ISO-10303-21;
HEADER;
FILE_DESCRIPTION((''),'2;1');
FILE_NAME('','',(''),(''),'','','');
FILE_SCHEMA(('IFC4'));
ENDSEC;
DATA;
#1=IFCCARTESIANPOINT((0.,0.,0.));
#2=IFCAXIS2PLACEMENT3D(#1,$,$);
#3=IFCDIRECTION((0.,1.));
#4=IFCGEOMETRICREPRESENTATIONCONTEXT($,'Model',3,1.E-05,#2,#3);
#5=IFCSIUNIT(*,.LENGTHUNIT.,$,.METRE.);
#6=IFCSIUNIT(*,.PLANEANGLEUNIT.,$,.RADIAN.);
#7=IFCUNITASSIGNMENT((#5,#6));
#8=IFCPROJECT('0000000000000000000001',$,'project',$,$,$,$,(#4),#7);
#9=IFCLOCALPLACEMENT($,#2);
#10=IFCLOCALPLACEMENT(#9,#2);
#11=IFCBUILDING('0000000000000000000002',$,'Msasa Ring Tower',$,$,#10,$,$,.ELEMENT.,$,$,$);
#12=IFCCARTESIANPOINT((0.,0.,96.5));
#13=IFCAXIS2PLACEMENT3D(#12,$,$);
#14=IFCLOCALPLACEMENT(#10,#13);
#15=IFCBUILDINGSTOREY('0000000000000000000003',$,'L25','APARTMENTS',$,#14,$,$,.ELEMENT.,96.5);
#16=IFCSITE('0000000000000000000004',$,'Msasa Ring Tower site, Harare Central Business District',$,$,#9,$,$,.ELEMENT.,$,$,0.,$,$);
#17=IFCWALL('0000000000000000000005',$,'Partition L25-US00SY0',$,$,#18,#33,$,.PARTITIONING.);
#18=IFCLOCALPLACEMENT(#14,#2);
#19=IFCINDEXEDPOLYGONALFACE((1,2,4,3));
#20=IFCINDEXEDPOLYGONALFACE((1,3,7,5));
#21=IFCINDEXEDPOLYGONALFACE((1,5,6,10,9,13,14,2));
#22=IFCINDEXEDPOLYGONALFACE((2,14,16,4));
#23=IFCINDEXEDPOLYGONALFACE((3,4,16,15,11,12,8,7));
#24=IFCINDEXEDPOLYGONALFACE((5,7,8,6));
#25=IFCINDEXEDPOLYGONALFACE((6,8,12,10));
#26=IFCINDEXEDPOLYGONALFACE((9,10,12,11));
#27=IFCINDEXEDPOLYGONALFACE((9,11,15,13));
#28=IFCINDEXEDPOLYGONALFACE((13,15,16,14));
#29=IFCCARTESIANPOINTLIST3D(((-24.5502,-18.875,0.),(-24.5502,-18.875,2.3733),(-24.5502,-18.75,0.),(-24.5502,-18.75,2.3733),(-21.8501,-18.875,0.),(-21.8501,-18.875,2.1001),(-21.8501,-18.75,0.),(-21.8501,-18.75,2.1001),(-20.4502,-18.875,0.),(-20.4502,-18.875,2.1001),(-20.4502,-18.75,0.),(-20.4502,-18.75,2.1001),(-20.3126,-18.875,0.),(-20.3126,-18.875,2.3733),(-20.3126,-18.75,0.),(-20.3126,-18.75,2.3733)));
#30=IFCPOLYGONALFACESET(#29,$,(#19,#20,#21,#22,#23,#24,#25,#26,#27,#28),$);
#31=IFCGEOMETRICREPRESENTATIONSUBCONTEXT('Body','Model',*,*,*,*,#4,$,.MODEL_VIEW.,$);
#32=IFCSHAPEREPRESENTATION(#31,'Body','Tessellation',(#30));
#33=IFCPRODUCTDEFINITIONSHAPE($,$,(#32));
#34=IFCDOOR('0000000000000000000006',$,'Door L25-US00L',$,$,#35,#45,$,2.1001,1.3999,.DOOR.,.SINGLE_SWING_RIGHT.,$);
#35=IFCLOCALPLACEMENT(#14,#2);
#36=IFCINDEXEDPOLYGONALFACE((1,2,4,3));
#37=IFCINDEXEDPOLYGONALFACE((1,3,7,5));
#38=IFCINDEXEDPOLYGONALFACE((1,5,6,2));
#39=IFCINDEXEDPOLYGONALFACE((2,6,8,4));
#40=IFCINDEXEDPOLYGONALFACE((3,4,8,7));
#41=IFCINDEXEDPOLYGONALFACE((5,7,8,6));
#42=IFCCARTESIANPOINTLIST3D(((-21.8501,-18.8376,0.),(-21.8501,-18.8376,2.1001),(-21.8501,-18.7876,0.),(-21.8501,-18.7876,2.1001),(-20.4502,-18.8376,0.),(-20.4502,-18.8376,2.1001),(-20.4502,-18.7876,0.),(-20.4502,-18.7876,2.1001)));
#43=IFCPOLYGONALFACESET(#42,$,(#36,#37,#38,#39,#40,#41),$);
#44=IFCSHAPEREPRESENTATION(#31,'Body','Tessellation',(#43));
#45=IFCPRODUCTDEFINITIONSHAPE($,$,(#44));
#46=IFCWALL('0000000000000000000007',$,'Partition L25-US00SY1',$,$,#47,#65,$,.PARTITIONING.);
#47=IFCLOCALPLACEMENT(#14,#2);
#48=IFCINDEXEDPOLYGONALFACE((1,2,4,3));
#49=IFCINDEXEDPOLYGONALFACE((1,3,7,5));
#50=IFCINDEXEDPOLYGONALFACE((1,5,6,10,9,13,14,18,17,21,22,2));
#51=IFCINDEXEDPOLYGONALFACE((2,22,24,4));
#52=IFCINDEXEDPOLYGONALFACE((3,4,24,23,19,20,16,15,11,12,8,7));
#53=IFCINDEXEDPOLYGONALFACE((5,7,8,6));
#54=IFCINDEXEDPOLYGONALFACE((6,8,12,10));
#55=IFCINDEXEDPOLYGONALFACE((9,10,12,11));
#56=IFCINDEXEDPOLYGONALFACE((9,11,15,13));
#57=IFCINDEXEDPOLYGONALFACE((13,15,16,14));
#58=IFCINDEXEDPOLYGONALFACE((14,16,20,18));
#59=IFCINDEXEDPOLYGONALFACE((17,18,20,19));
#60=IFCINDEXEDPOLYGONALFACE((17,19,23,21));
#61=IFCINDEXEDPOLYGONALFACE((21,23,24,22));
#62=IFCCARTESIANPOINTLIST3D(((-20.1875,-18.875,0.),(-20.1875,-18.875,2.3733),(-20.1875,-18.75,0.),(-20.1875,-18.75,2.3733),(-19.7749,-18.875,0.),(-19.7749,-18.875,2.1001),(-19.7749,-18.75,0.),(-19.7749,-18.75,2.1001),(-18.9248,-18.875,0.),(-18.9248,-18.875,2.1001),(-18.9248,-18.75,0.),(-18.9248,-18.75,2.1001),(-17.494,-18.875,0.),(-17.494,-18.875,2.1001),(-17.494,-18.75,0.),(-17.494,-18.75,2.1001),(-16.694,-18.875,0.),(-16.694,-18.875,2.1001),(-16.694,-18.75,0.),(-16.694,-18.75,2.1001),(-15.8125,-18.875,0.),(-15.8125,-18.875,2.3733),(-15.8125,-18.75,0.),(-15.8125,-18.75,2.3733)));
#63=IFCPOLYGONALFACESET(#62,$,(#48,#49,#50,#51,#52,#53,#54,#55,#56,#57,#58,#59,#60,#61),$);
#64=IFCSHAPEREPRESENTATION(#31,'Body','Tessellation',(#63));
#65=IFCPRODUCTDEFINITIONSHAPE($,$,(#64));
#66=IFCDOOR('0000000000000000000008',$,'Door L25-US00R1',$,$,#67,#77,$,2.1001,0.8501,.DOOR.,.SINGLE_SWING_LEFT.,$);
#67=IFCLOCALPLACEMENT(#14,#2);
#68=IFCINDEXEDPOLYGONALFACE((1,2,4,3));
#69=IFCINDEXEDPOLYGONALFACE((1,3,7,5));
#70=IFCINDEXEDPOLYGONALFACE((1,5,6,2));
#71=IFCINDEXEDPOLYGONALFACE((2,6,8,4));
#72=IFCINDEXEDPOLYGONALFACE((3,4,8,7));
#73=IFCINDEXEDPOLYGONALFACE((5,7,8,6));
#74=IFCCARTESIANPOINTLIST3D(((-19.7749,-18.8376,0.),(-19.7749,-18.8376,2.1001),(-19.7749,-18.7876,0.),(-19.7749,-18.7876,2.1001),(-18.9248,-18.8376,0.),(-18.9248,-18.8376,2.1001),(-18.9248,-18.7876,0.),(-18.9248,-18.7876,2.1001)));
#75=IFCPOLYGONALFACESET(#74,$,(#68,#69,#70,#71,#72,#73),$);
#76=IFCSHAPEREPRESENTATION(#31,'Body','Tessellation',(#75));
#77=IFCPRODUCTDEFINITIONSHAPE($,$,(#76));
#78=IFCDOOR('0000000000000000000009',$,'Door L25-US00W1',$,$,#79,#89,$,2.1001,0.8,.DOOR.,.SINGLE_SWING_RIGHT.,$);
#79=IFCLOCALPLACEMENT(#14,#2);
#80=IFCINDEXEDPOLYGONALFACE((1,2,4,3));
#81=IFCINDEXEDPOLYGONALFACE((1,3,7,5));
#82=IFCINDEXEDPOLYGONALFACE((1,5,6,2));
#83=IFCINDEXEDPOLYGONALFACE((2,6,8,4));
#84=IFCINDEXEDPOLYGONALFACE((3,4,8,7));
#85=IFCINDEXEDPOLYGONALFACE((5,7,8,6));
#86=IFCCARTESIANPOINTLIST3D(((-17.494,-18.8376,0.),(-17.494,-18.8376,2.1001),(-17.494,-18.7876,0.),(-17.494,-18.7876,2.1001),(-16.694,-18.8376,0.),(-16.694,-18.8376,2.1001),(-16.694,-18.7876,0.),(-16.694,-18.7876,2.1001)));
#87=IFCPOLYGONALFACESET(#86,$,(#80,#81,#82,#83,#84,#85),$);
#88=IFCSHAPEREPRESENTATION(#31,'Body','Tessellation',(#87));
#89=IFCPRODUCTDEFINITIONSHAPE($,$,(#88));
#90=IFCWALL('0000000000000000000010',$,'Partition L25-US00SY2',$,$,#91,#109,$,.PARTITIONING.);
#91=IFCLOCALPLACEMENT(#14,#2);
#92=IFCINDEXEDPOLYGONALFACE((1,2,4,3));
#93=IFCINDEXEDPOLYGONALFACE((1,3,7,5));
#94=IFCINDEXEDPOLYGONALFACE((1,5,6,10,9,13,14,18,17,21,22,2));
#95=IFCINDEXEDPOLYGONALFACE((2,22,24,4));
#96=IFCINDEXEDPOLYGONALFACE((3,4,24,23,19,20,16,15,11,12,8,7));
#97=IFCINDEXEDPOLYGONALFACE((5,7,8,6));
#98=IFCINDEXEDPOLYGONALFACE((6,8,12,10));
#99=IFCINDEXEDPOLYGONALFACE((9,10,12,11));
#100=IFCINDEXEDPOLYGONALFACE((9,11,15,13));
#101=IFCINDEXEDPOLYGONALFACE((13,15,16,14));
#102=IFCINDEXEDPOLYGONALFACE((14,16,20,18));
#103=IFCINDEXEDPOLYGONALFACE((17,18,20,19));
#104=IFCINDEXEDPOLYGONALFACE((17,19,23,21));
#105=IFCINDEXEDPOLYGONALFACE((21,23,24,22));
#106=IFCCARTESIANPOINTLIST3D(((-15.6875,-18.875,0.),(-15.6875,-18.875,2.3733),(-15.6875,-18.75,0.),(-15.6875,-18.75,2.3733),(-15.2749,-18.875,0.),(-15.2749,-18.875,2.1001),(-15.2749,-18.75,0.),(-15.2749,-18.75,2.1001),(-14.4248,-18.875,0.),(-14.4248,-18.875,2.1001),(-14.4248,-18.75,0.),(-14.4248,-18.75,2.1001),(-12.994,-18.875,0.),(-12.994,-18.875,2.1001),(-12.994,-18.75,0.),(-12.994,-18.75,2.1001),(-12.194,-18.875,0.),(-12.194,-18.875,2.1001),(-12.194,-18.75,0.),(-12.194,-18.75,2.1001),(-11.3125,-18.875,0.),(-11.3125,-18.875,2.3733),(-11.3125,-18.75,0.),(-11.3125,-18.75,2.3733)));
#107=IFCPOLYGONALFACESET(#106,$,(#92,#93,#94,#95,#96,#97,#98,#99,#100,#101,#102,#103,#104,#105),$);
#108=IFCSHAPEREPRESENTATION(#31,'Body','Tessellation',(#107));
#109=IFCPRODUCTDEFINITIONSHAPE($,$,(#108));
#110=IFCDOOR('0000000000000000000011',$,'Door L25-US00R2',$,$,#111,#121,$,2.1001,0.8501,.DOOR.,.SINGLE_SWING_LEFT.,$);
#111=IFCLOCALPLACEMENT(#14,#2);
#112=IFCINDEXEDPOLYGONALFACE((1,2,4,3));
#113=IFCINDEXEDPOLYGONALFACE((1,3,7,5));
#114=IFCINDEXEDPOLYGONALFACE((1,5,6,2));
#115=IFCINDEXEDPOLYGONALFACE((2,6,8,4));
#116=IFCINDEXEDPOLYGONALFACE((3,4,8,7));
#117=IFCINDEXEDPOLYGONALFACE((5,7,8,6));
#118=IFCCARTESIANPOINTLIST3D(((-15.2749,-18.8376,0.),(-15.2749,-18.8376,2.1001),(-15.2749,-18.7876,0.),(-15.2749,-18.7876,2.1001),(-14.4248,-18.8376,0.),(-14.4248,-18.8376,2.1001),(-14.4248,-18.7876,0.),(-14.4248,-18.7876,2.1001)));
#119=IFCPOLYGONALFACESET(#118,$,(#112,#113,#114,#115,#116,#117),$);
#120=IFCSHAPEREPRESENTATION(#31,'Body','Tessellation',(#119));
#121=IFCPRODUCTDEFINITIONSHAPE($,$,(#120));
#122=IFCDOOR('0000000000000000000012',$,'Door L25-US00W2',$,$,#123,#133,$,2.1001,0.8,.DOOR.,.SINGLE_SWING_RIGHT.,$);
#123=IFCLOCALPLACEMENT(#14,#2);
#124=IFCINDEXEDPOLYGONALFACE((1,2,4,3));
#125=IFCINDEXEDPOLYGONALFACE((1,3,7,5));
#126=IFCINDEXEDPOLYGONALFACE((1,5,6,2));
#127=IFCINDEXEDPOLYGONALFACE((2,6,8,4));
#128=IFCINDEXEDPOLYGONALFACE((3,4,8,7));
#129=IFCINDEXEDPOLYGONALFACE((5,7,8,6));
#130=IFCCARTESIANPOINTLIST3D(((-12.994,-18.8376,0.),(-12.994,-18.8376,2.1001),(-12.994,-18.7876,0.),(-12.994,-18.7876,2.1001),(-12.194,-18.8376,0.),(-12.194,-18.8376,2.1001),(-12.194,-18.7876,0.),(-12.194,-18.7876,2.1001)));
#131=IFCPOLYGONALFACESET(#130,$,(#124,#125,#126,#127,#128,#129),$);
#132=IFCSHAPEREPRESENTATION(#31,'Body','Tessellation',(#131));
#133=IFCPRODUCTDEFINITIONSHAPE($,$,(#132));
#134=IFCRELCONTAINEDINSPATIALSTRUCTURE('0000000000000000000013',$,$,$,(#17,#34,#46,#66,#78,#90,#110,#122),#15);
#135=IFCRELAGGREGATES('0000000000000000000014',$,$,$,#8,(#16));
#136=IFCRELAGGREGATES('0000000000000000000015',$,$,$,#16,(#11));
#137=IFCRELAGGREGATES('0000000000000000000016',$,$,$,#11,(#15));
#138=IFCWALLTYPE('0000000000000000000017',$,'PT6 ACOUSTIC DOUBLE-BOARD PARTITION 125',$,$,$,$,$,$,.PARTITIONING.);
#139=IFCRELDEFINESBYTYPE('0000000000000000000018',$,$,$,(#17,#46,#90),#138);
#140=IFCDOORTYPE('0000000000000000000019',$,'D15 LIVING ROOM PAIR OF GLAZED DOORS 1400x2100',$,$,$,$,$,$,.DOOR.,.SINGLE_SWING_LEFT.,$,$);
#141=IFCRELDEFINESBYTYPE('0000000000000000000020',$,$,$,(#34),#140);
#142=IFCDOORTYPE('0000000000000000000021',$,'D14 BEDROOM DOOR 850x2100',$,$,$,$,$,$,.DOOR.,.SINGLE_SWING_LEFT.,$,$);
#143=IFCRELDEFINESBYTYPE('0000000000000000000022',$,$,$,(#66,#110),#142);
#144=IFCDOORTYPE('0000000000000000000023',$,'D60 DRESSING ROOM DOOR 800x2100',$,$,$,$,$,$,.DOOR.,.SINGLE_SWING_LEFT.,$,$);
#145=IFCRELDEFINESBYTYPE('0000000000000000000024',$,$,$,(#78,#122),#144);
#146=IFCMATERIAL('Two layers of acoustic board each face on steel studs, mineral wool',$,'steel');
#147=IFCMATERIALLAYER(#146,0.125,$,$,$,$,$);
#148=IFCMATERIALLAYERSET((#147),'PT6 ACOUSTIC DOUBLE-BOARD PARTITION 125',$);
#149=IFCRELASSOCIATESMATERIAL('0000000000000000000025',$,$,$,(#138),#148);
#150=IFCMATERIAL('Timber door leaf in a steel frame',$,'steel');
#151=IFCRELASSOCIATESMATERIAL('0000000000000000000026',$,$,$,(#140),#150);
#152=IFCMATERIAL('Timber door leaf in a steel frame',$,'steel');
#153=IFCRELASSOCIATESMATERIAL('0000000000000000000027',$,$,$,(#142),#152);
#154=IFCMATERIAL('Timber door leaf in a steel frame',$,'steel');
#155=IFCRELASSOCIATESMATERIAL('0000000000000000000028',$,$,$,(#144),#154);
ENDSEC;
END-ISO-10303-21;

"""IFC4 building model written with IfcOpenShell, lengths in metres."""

from ifc_helpers import new_model, si_unit, direction, frame, frame_2d, origin, place, context, subcontext, project, spatial, rectangle, extrude, material, layer, layer_set, type_object, element, fill, save


model = new_model("IFC4")

# Units and contexts
model_context = context("Model", 3, precision=1e-05, world=origin(), true_north=direction((0.0, 1.0)))
body_context = subcontext(model_context, "Body", "Model", "MODEL_VIEW")
ifc_project = project(units=[si_unit("LENGTHUNIT", "METRE"), si_unit("PLANEANGLEUNIT", "RADIAN")], contexts=[model_context])

# Site, building, storey
site_placement = place(None, origin())
site = spatial("IfcSite", under=ifc_project, at=site_placement, Name="Msasa Ring Tower site, Harare Central Business District", CompositionType="ELEMENT", RefElevation=0.0)
building_placement = place(site_placement, origin())
building = spatial("IfcBuilding", under=site, at=building_placement, Name="Msasa Ring Tower", CompositionType="ELEMENT")
storey_placement = place(building_placement, frame((0.0, 0.0, 96.5)))
storey = spatial("IfcBuildingStorey", under=building, at=storey_placement, Name="L25", Description="APARTMENTS", CompositionType="ELEMENT", Elevation=96.5)

# Shared definitions
ifc_material_1 = material(Name="Two layers of acoustic board each face on steel studs, mineral wool", Category="steel")
ifc_layer_1 = layer(ifc_material_1, 0.125)
ifc_layer_set_1 = layer_set([ifc_layer_1], Name="PT6 ACOUSTIC DOUBLE-BOARD PARTITION 125")
wall_type_1 = type_object("IfcWallType", Name="PT6 ACOUSTIC DOUBLE-BOARD PARTITION 125", PredefinedType="PARTITIONING", material=ifc_layer_set_1)

# Wall, opening, door
wall_1_placement = place(storey_placement, frame((-24.55, -18.8125, 0.0), z_axis=(0.0, 0.0, 1.0), x_axis=(1.0, 0.0, 0.0)))
wall_1 = element("IfcWall", 1, at=wall_1_placement, inside=storey, type_object=wall_type_1, Name="Partition L25-US00SY0", PredefinedType="PARTITIONING", context=body_context, shape_type="SweptSolid", body=[
    extrude(rectangle(XDim=4.2375, YDim=0.125, at=frame_2d((2.1187, 0.0))), origin(), (0.0, 0.0, 1.0), 2.3733),
])
opening_1_placement = place(wall_1_placement, frame((2.7, 0.0, 0.0)))
opening_1 = element("IfcOpeningElement", 2, at=opening_1_placement, cuts=wall_1, PredefinedType="OPENING", context=body_context, shape_type="SweptSolid", body=[
    extrude(rectangle(XDim=1.3999, YDim=2.1001, at=frame_2d((0.7, 1.05))), frame((0.0, 0.0725, 0.0), z_axis=(0.0, -1.0, 0.0), x_axis=(1.0, 0.0, 0.0)), (0.0, 0.0, 1.0), 0.145),
])
ifc_material_2 = material(Name="Timber door leaf in a steel frame", Category="steel")
door_type_1 = type_object("IfcDoorType", Name="D15 LIVING ROOM PAIR OF GLAZED DOORS 1400x2100", OperationType="SINGLE_SWING_LEFT", PredefinedType="DOOR", material=ifc_material_2)
door_1_placement = place(opening_1_placement, origin())
door_1 = element("IfcDoor", 3, at=door_1_placement, inside=storey, type_object=door_type_1, Name="Door L25-US00L", OperationType="SINGLE_SWING_RIGHT", OverallHeight=2.1001, OverallWidth=1.3999, PredefinedType="DOOR", context=body_context, shape_type="SweptSolid", body=[
    extrude(rectangle(XDim=1.3999, YDim=2.1001, at=frame_2d((0.7, 1.05))), frame((0.0, 0.0249, 0.0), z_axis=(0.0, -1.0, 0.0), x_axis=(1.0, 0.0, 0.0)), (0.0, 0.0, 1.0), 0.05),
])
fill(opening_1, door_1)

# Walls, openings, doors
wall_2_placement = place(storey_placement, frame((-20.1875, -18.8125, 0.0), z_axis=(0.0, 0.0, 1.0), x_axis=(1.0, 0.0, 0.0)))
wall_2 = element("IfcWall", 4, at=wall_2_placement, inside=storey, type_object=wall_type_1, Name="Partition L25-US00SY1", PredefinedType="PARTITIONING", context=body_context, shape_type="SweptSolid", body=[
    extrude(rectangle(XDim=4.375, YDim=0.125, at=frame_2d((2.1875, 0.0))), origin(), (0.0, 0.0, 1.0), 2.3733),
])
opening_2_placement = place(wall_2_placement, frame((0.4126, 0.0, 0.0)))
opening_2 = element("IfcOpeningElement", 5, at=opening_2_placement, cuts=wall_2, PredefinedType="OPENING", context=body_context, shape_type="SweptSolid", body=[
    extrude(rectangle(XDim=0.8501, YDim=2.1001, at=frame_2d((0.425, 1.05))), frame((0.0, 0.0725, 0.0), z_axis=(0.0, -1.0, 0.0), x_axis=(1.0, 0.0, 0.0)), (0.0, 0.0, 1.0), 0.145),
])
opening_3_placement = place(wall_2_placement, frame((2.6936, 0.0, 0.0)))
opening_3 = element("IfcOpeningElement", 6, at=opening_3_placement, cuts=wall_2, PredefinedType="OPENING", context=body_context, shape_type="SweptSolid", body=[
    extrude(rectangle(XDim=0.8, YDim=2.1001, at=frame_2d((0.3999, 1.05))), frame((0.0, 0.0725, 0.0), z_axis=(0.0, -1.0, 0.0), x_axis=(1.0, 0.0, 0.0)), (0.0, 0.0, 1.0), 0.145),
])
ifc_material_3 = material(Name="Timber door leaf in a steel frame", Category="steel")
door_type_2 = type_object("IfcDoorType", Name="D14 BEDROOM DOOR 850x2100", OperationType="SINGLE_SWING_LEFT", PredefinedType="DOOR", material=ifc_material_3)
door_2_placement = place(opening_2_placement, origin())
door_2 = element("IfcDoor", 7, at=door_2_placement, inside=storey, type_object=door_type_2, Name="Door L25-US00R1", OperationType="SINGLE_SWING_LEFT", OverallHeight=2.1001, OverallWidth=0.8501, PredefinedType="DOOR", context=body_context, shape_type="SweptSolid", body=[
    extrude(rectangle(XDim=0.8501, YDim=2.1001, at=frame_2d((0.425, 1.05))), frame((0.0, 0.0249, 0.0), z_axis=(0.0, -1.0, 0.0), x_axis=(1.0, 0.0, 0.0)), (0.0, 0.0, 1.0), 0.05),
])
fill(opening_2, door_2)
ifc_material_4 = material(Name="Timber door leaf in a steel frame", Category="steel")
door_type_3 = type_object("IfcDoorType", Name="D60 DRESSING ROOM DOOR 800x2100", OperationType="SINGLE_SWING_LEFT", PredefinedType="DOOR", material=ifc_material_4)
door_3_placement = place(opening_3_placement, origin())
door_3 = element("IfcDoor", 8, at=door_3_placement, inside=storey, type_object=door_type_3, Name="Door L25-US00W1", OperationType="SINGLE_SWING_RIGHT", OverallHeight=2.1001, OverallWidth=0.8, PredefinedType="DOOR", context=body_context, shape_type="SweptSolid", body=[
    extrude(rectangle(XDim=0.8, YDim=2.1001, at=frame_2d((0.3999, 1.05))), frame((0.0, 0.0249, 0.0), z_axis=(0.0, -1.0, 0.0), x_axis=(1.0, 0.0, 0.0)), (0.0, 0.0, 1.0), 0.05),
])
fill(opening_3, door_3)
wall_3_placement = place(storey_placement, frame((-15.6875, -18.8125, 0.0), z_axis=(0.0, 0.0, 1.0), x_axis=(1.0, 0.0, 0.0)))
wall_3 = element("IfcWall", 9, at=wall_3_placement, inside=storey, type_object=wall_type_1, Name="Partition L25-US00SY2", PredefinedType="PARTITIONING", context=body_context, shape_type="SweptSolid", body=[
    extrude(rectangle(XDim=4.375, YDim=0.125, at=frame_2d((2.1875, 0.0))), origin(), (0.0, 0.0, 1.0), 2.3733),
])
opening_4_placement = place(wall_3_placement, frame((0.4126, 0.0, 0.0)))
opening_4 = element("IfcOpeningElement", 10, at=opening_4_placement, cuts=wall_3, PredefinedType="OPENING", context=body_context, shape_type="SweptSolid", body=[
    extrude(rectangle(XDim=0.8501, YDim=2.1001, at=frame_2d((0.425, 1.05))), frame((0.0, 0.0725, 0.0), z_axis=(0.0, -1.0, 0.0), x_axis=(1.0, 0.0, 0.0)), (0.0, 0.0, 1.0), 0.145),
])
opening_5_placement = place(wall_3_placement, frame((2.6936, 0.0, 0.0)))
opening_5 = element("IfcOpeningElement", 11, at=opening_5_placement, cuts=wall_3, PredefinedType="OPENING", context=body_context, shape_type="SweptSolid", body=[
    extrude(rectangle(XDim=0.8, YDim=2.1001, at=frame_2d((0.3999, 1.05))), frame((0.0, 0.0725, 0.0), z_axis=(0.0, -1.0, 0.0), x_axis=(1.0, 0.0, 0.0)), (0.0, 0.0, 1.0), 0.145),
])
door_4_placement = place(opening_4_placement, origin())
door_4 = element("IfcDoor", 12, at=door_4_placement, inside=storey, type_object=door_type_2, Name="Door L25-US00R2", OperationType="SINGLE_SWING_LEFT", OverallHeight=2.1001, OverallWidth=0.8501, PredefinedType="DOOR", context=body_context, shape_type="SweptSolid", body=[
    extrude(rectangle(XDim=0.8501, YDim=2.1001, at=frame_2d((0.425, 1.05))), frame((0.0, 0.0249, 0.0), z_axis=(0.0, -1.0, 0.0), x_axis=(1.0, 0.0, 0.0)), (0.0, 0.0, 1.0), 0.05),
])
fill(opening_4, door_4)
door_5_placement = place(opening_5_placement, origin())
door_5 = element("IfcDoor", 13, at=door_5_placement, inside=storey, type_object=door_type_3, Name="Door L25-US00W2", OperationType="SINGLE_SWING_RIGHT", OverallHeight=2.1001, OverallWidth=0.8, PredefinedType="DOOR", context=body_context, shape_type="SweptSolid", body=[
    extrude(rectangle(XDim=0.8, YDim=2.1001, at=frame_2d((0.3999, 1.05))), frame((0.0, 0.0249, 0.0), z_axis=(0.0, -1.0, 0.0), x_axis=(1.0, 0.0, 0.0)), (0.0, 0.0, 1.0), 0.05),
])
fill(opening_5, door_5)

save(model, "model.ifc")
